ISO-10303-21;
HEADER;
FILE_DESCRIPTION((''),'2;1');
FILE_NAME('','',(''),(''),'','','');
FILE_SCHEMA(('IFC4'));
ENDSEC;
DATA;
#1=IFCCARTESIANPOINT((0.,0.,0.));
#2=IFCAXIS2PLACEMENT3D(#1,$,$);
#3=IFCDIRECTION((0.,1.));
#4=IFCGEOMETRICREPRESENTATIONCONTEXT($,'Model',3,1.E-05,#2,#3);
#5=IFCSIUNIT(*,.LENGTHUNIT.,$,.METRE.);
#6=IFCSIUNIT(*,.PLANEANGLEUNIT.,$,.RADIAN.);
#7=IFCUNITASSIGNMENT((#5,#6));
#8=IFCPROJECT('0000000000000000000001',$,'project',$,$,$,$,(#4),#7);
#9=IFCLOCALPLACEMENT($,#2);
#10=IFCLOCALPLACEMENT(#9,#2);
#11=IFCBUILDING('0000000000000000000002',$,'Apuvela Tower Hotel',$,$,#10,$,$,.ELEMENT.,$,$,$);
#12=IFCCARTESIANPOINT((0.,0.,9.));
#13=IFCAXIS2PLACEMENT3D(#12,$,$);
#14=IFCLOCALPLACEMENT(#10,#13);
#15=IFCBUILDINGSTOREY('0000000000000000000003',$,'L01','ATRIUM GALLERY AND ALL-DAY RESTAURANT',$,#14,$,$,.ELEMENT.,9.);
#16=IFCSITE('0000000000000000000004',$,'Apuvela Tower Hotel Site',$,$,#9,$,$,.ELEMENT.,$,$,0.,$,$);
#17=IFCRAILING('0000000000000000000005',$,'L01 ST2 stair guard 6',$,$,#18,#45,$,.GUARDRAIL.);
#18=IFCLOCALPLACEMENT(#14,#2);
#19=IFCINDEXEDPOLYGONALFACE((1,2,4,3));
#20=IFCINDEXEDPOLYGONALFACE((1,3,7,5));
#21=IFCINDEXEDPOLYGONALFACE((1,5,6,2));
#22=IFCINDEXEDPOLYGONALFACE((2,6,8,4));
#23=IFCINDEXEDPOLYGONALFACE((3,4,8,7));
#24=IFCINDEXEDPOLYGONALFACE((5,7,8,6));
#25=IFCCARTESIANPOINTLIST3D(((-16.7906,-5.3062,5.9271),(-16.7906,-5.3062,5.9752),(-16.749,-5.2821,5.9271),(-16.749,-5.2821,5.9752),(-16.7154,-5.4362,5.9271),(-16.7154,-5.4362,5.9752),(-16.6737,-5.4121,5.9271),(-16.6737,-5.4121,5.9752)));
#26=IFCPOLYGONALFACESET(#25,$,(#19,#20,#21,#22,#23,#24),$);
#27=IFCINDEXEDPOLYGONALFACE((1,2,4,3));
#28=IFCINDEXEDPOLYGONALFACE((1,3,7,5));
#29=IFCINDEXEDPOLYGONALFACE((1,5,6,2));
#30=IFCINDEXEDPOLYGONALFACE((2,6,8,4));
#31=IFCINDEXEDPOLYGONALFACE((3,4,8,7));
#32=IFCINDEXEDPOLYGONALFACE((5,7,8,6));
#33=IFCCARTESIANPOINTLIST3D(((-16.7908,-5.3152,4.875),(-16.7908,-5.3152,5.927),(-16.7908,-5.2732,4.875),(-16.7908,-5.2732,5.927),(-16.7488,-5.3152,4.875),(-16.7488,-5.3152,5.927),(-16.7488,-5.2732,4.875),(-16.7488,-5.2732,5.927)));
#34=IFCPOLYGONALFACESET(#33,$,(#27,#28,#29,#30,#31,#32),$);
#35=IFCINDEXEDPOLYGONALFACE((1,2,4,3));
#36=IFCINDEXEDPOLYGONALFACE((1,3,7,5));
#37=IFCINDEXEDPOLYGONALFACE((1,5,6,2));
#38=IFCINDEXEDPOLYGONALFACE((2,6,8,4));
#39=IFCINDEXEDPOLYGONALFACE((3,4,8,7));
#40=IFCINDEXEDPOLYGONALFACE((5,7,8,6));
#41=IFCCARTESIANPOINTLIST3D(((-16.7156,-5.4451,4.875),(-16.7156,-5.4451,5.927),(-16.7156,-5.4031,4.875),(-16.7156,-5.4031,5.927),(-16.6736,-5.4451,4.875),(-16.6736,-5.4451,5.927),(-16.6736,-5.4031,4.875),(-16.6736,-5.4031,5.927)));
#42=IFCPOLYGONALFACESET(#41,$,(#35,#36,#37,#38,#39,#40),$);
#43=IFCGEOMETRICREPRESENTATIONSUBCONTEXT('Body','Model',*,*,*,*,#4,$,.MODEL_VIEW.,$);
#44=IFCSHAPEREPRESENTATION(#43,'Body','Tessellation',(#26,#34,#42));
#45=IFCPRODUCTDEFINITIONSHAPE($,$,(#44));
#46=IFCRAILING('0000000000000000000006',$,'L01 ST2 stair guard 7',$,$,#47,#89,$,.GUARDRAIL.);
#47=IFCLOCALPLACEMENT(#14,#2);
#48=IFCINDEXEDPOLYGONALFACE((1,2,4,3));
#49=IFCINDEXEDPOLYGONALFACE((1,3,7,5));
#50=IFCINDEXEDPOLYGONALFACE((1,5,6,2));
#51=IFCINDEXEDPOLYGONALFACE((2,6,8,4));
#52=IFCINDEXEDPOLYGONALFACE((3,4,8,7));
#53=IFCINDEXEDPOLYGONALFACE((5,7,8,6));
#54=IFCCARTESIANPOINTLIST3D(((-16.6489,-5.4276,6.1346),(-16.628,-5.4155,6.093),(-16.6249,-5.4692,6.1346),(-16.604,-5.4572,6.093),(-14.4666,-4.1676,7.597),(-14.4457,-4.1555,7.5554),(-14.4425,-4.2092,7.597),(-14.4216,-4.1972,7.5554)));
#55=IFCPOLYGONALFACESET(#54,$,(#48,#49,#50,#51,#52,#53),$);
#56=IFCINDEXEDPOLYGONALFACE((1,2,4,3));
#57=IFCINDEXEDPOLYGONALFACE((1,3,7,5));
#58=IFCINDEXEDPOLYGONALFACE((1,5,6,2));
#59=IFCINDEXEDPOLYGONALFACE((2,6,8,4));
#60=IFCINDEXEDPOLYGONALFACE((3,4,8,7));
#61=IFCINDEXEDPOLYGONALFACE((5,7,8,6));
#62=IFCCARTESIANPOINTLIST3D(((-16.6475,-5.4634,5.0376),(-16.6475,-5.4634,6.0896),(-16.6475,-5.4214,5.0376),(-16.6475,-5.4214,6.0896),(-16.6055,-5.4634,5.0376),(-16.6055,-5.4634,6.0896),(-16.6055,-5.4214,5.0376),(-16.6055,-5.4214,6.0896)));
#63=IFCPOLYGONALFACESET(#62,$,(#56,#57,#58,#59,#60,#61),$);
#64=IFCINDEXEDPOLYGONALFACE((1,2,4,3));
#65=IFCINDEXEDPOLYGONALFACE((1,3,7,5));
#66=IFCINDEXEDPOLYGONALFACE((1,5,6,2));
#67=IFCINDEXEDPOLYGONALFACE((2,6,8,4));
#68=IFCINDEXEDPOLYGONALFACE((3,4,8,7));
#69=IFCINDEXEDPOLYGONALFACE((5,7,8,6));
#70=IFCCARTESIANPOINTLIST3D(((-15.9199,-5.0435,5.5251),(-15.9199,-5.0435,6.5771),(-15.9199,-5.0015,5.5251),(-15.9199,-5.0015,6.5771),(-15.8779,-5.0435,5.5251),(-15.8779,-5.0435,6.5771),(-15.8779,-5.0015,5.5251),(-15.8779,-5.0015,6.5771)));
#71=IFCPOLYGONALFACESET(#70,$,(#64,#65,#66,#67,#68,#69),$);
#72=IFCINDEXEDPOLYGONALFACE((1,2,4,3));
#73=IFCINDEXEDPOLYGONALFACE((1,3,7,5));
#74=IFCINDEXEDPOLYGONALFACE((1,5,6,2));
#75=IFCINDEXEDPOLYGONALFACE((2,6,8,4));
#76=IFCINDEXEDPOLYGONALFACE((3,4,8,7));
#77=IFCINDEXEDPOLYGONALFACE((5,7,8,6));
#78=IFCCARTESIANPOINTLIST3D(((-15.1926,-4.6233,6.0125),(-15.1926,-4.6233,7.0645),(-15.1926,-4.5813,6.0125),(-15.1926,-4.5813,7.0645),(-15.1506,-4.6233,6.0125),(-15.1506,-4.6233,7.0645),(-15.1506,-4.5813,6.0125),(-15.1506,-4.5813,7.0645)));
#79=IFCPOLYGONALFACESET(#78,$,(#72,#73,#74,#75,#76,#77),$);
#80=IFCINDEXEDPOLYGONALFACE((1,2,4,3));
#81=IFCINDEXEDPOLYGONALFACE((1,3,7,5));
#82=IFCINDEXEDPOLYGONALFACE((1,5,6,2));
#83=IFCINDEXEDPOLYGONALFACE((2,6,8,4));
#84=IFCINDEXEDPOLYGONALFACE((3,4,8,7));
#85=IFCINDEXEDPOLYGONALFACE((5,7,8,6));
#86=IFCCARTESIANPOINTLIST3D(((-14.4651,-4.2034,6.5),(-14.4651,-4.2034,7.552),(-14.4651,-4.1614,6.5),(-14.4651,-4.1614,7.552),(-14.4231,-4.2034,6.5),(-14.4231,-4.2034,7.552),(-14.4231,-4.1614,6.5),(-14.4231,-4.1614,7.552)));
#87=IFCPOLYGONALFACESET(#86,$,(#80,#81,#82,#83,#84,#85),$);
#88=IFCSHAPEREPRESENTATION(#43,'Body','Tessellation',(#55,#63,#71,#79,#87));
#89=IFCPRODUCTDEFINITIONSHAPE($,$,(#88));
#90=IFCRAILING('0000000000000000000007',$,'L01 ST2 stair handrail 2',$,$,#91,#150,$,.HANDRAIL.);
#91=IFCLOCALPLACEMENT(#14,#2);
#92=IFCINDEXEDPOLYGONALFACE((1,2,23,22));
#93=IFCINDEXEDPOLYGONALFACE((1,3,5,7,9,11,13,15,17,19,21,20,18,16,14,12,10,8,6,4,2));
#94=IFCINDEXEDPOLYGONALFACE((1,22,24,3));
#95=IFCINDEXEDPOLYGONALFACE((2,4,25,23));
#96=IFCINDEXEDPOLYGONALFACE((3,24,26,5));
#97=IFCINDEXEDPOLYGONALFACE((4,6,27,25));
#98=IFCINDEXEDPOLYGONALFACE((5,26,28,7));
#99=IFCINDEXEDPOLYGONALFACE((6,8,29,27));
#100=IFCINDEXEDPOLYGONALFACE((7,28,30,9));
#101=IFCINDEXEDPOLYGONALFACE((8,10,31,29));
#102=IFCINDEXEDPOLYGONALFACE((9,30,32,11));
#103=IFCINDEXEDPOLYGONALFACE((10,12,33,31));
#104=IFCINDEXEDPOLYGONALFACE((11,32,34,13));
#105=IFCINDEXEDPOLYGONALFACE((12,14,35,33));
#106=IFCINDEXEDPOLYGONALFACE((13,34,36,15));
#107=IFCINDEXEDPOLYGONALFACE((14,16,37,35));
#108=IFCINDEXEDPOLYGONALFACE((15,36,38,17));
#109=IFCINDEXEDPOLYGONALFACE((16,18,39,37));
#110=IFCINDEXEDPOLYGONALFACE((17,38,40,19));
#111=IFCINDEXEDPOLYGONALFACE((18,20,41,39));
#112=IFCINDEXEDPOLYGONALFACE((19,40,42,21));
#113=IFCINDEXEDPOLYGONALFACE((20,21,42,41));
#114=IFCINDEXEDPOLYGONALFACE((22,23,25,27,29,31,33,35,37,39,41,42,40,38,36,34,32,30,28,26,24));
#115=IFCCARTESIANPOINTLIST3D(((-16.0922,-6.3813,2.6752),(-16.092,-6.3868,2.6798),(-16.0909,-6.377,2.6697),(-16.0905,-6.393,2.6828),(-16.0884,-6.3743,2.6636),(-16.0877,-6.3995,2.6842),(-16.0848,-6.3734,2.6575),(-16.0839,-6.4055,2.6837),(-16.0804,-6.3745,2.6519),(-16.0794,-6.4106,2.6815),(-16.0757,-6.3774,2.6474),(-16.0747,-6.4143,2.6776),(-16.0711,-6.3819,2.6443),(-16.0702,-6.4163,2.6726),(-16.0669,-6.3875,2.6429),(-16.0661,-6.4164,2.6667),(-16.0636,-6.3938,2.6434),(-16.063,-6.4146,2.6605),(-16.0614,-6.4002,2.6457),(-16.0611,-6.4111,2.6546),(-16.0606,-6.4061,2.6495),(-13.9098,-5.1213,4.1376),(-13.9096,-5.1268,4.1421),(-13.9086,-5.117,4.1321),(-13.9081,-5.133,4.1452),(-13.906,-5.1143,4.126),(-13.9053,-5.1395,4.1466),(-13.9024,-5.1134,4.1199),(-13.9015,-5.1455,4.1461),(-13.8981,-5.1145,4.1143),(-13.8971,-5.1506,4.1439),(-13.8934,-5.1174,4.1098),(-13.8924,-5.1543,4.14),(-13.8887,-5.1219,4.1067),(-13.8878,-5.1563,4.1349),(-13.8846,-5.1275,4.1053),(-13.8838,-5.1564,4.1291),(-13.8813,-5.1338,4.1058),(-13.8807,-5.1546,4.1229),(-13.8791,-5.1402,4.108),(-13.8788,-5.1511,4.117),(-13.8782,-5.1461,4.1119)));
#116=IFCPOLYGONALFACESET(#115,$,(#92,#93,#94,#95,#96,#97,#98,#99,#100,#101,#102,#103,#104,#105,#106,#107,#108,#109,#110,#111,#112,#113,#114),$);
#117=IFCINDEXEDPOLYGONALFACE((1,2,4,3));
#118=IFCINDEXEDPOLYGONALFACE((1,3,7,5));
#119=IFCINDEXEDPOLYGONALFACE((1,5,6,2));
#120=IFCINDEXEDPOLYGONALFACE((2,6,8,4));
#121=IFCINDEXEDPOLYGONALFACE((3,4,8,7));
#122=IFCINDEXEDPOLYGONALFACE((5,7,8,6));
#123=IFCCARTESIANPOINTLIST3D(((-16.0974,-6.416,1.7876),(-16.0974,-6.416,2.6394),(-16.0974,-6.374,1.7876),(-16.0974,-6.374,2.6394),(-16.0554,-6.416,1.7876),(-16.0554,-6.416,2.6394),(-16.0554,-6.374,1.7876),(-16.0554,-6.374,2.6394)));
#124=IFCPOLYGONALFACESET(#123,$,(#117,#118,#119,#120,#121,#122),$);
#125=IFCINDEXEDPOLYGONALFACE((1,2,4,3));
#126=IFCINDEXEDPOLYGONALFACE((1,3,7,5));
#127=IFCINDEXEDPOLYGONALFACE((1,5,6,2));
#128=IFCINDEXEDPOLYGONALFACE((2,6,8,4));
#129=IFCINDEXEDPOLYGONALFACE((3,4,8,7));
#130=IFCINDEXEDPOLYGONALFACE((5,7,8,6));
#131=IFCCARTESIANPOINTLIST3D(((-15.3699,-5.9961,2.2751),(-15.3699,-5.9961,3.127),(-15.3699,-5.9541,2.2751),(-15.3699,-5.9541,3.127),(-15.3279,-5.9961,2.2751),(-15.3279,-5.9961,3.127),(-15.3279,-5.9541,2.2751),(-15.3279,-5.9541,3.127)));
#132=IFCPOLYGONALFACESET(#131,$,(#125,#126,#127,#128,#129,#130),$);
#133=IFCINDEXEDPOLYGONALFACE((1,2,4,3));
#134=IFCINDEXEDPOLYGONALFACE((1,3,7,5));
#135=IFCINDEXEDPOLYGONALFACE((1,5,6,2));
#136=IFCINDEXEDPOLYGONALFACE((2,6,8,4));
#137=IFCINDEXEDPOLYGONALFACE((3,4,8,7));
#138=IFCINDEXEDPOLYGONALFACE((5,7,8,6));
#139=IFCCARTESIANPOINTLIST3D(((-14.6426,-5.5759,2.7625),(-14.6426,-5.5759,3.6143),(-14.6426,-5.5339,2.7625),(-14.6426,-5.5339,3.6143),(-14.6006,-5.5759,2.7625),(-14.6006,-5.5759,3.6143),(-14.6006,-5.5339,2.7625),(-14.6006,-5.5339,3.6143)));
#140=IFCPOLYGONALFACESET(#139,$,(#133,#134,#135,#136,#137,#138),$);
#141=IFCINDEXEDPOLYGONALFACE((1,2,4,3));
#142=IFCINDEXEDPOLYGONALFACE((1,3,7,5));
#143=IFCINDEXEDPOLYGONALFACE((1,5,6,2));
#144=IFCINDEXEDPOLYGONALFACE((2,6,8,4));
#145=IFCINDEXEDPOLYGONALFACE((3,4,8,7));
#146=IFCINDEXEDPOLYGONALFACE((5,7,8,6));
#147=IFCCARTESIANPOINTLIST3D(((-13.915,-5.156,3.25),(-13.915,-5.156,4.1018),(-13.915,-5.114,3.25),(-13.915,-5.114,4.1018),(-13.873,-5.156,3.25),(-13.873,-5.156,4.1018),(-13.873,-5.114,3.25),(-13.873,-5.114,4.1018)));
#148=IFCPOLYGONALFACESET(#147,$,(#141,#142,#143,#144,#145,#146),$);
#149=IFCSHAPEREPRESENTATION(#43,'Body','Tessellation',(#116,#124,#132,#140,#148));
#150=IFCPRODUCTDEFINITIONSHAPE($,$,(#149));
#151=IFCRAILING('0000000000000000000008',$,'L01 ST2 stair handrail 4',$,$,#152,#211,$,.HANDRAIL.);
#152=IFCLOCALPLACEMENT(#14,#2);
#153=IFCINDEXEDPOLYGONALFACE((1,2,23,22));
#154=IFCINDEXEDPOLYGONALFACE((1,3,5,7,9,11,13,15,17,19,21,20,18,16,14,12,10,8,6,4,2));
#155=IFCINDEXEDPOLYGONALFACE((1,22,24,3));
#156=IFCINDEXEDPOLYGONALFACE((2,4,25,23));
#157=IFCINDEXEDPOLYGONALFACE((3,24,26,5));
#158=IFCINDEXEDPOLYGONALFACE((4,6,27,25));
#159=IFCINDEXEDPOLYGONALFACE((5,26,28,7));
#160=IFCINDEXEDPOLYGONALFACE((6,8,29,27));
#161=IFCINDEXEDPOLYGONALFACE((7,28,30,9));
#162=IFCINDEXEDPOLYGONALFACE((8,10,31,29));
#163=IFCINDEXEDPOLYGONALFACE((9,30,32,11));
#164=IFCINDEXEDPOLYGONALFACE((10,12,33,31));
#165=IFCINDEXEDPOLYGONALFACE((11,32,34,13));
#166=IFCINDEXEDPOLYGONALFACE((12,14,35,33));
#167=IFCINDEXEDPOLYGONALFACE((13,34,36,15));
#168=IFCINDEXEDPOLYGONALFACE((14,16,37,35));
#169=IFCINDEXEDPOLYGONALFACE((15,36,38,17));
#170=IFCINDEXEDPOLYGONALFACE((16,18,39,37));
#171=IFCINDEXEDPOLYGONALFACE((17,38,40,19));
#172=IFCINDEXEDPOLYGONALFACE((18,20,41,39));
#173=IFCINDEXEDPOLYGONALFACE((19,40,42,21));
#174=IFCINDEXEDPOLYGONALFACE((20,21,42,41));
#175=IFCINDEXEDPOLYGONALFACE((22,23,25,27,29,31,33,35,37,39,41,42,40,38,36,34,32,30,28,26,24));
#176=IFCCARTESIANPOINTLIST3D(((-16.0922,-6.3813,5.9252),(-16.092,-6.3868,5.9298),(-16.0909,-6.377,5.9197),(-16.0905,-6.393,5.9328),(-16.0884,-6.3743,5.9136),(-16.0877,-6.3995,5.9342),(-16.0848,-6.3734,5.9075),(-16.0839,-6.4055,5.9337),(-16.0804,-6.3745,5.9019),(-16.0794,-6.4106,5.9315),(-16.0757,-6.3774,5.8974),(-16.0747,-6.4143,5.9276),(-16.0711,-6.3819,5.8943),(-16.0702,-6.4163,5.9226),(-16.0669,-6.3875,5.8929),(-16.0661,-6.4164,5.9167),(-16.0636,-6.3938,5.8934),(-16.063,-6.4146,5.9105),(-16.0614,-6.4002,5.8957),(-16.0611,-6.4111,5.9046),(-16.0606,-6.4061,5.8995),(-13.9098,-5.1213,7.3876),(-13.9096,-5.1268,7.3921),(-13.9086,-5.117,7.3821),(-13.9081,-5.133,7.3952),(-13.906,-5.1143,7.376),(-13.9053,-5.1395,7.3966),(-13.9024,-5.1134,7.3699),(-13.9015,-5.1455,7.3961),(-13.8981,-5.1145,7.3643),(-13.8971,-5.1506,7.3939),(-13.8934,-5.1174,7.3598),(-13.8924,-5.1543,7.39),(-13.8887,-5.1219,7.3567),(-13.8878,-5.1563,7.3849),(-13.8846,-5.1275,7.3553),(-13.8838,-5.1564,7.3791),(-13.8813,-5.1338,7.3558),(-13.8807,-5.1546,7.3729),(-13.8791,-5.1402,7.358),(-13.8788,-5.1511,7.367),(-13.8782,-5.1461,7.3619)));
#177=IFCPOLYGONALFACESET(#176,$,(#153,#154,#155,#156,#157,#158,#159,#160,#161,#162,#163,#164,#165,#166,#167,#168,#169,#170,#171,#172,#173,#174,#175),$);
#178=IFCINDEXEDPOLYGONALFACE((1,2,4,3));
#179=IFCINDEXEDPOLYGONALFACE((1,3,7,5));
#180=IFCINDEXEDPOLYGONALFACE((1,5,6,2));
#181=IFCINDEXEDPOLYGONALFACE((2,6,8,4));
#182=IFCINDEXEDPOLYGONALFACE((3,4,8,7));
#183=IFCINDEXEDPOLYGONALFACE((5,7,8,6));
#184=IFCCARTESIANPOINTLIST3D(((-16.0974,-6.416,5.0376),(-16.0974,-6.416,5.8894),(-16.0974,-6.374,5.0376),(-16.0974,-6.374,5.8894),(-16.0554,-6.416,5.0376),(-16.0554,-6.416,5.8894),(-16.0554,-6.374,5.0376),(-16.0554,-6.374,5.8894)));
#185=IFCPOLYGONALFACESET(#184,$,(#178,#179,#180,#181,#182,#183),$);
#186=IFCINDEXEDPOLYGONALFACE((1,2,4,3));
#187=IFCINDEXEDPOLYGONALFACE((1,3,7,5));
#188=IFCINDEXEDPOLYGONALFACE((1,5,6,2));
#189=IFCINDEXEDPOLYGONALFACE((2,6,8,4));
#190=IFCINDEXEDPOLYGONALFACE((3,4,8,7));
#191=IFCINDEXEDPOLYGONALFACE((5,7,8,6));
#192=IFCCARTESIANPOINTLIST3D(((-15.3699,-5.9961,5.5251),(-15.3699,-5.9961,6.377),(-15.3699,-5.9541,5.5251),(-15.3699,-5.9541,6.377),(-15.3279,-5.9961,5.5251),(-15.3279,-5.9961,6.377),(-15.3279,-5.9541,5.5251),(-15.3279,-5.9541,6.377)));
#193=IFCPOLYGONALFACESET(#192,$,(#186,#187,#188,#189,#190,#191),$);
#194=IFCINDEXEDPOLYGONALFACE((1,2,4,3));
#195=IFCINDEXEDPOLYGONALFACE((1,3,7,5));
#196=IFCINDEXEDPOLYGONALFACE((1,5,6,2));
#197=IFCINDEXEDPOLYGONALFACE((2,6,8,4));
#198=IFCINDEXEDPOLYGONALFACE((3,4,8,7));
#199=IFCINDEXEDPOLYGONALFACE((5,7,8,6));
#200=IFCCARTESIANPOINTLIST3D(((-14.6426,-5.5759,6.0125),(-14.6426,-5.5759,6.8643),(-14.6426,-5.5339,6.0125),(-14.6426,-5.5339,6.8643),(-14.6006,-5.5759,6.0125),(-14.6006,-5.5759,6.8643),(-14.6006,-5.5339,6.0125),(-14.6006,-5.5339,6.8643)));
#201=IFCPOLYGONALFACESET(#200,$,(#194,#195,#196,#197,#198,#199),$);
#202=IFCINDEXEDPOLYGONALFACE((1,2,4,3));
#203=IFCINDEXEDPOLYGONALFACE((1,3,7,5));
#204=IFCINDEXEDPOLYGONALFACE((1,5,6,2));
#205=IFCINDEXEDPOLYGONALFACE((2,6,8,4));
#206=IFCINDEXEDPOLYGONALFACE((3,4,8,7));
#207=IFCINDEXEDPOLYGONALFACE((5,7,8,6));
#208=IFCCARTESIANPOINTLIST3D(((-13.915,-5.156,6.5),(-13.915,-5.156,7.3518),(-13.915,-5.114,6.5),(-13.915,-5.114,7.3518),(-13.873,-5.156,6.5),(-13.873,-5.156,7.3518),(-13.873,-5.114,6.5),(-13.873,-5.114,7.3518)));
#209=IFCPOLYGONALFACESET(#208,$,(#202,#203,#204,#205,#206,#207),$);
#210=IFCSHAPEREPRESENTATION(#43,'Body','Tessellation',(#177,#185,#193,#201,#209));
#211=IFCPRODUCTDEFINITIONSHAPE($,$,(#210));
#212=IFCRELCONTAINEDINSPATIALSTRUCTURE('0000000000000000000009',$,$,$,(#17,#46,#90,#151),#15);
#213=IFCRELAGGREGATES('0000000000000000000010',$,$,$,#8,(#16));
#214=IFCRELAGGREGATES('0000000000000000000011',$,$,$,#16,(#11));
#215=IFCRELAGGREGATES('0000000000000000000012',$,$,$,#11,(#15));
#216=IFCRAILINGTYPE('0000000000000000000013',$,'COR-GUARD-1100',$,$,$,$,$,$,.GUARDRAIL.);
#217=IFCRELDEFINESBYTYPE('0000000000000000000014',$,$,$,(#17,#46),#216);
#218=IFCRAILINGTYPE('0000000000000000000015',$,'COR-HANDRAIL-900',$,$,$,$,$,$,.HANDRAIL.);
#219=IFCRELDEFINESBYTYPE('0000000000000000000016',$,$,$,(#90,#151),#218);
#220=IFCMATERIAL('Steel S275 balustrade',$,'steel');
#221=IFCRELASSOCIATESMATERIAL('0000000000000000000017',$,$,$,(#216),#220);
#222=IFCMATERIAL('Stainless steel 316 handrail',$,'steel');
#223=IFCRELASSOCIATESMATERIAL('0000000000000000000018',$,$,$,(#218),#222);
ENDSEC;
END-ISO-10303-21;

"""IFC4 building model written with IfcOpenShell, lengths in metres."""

from ifc_helpers import new_model, si_unit, direction, frame, origin, origin_2d, place, context, subcontext, project, spatial, rectangle, circle, extrude, material, type_object, element, save


model = new_model("IFC4")

# Units and contexts
model_context = context("Model", 3, precision=1e-05, world=origin(), true_north=direction((0.0, 1.0)))
body_context = subcontext(model_context, "Body", "Model", "MODEL_VIEW")
ifc_project = project(units=[si_unit("LENGTHUNIT", "METRE"), si_unit("PLANEANGLEUNIT", "RADIAN")], contexts=[model_context])

# Site, building, storey
site_placement = place(None, origin())
site = spatial("IfcSite", under=ifc_project, at=site_placement, Name="Apuvela Tower Hotel Site", CompositionType="ELEMENT", RefElevation=0.0)
building_placement = place(site_placement, origin())
building = spatial("IfcBuilding", under=site, at=building_placement, Name="Apuvela Tower Hotel", CompositionType="ELEMENT")
storey_placement = place(building_placement, frame((0.0, 0.0, 9.0)))
storey = spatial("IfcBuildingStorey", under=building, at=storey_placement, Name="L01", Description="ATRIUM GALLERY AND ALL-DAY RESTAURANT", CompositionType="ELEMENT", Elevation=9.0)

# Railings
ifc_material_1 = material(Name="Steel S275 balustrade", Category="steel")
railing_type_1 = type_object("IfcRailingType", Name="COR-GUARD-1100", PredefinedType="GUARDRAIL", material=ifc_material_1)
railing_1_placement = place(storey_placement, frame((-16.7698, -5.2942, 4.875)))
element("IfcRailing", 1, at=railing_1_placement, inside=storey, type_object=railing_type_1, Name="L01 ST2 stair guard 6", PredefinedType="GUARDRAIL", context=body_context, shape_type="SweptSolid", body=[
    extrude(rectangle(XDim=0.0481, YDim=0.0481, at=origin_2d()), frame((0.0, 0.0, 1.0762), z_axis=(0.501036, -0.865426, 0.0), x_axis=(0.865426, 0.501036, 0.0)), (0.0, 0.0, 1.0), 0.1501),
    extrude(rectangle(XDim=0.042, YDim=0.042, at=origin_2d()), origin(), (0.0, 0.0, 1.0), 1.052),
    extrude(rectangle(XDim=0.042, YDim=0.042, at=origin_2d()), frame((0.0752, -0.1299, 0.0)), (0.0, 0.0, 1.0), 1.052),
])
railing_2_placement = place(storey_placement, frame((-16.6265, -5.4424, 5.0376)))
element("IfcRailing", 2, at=railing_2_placement, inside=storey, type_object=railing_type_1, Name="L01 ST2 stair guard 7", PredefinedType="GUARDRAIL", context=body_context, shape_type="SweptSolid", body=[
    extrude(rectangle(XDim=0.0481, YDim=0.0481, at=origin_2d()), frame((0.0, 0.0, 1.0762), z_axis=(0.749033, 0.43246, 0.501925), x_axis=(-0.500005, 0.866023, 0.0)), (0.0, 0.0, 1.0), 2.9136),
    extrude(rectangle(XDim=0.042, YDim=0.042, at=origin_2d()), origin(), (0.0, 0.0, 1.0), 1.052),
    extrude(rectangle(XDim=0.042, YDim=0.042, at=origin_2d()), frame((0.7275, 0.4199, 0.4875)), (0.0, 0.0, 1.0), 1.052),
    extrude(rectangle(XDim=0.042, YDim=0.042, at=origin_2d()), frame((1.4548, 0.8401, 0.9749)), (0.0, 0.0, 1.0), 1.052),
    extrude(rectangle(XDim=0.042, YDim=0.042, at=origin_2d()), frame((2.1824, 1.26, 1.4624)), (0.0, 0.0, 1.0), 1.052),
])
ifc_material_2 = material(Name="Stainless steel 316 handrail", Category="steel")
railing_type_2 = type_object("IfcRailingType", Name="COR-HANDRAIL-900", PredefinedType="HANDRAIL", material=ifc_material_2)
for number, where, name in (
    (3, (-16.0764, -6.395, 1.7876), "L01 ST2 stair handrail 2"),
    (4, (-16.0764, -6.395, 5.0376), "L01 ST2 stair handrail 4"),
):
    element("IfcRailing", number, at=place(storey_placement, frame(where)), inside=storey, type_object=railing_type_2, Name=name, PredefinedType="HANDRAIL", context=body_context, shape_type="SweptSolid", body=[
        extrude(circle(Radius=0.0239, at=origin_2d()), frame((0.0, 0.0, 0.876), z_axis=(0.749033, 0.43246, 0.501925), x_axis=(-0.500005, 0.866023, 0.0)), (0.0, 0.0, 1.0), 2.9136),
        extrude(rectangle(XDim=0.042, YDim=0.042, at=origin_2d()), origin(), (0.0, 0.0, 1.0), 0.8518),
        extrude(rectangle(XDim=0.042, YDim=0.042, at=origin_2d()), frame((0.7275, 0.4199, 0.4875)), (0.0, 0.0, 1.0), 0.8518),
        extrude(rectangle(XDim=0.042, YDim=0.042, at=origin_2d()), frame((1.4548, 0.8401, 0.9749)), (0.0, 0.0, 1.0), 0.8518),
        extrude(rectangle(XDim=0.042, YDim=0.042, at=origin_2d()), frame((2.1824, 1.26, 1.4624)), (0.0, 0.0, 1.0), 0.8518),
    ])

save(model, "model.ifc")
